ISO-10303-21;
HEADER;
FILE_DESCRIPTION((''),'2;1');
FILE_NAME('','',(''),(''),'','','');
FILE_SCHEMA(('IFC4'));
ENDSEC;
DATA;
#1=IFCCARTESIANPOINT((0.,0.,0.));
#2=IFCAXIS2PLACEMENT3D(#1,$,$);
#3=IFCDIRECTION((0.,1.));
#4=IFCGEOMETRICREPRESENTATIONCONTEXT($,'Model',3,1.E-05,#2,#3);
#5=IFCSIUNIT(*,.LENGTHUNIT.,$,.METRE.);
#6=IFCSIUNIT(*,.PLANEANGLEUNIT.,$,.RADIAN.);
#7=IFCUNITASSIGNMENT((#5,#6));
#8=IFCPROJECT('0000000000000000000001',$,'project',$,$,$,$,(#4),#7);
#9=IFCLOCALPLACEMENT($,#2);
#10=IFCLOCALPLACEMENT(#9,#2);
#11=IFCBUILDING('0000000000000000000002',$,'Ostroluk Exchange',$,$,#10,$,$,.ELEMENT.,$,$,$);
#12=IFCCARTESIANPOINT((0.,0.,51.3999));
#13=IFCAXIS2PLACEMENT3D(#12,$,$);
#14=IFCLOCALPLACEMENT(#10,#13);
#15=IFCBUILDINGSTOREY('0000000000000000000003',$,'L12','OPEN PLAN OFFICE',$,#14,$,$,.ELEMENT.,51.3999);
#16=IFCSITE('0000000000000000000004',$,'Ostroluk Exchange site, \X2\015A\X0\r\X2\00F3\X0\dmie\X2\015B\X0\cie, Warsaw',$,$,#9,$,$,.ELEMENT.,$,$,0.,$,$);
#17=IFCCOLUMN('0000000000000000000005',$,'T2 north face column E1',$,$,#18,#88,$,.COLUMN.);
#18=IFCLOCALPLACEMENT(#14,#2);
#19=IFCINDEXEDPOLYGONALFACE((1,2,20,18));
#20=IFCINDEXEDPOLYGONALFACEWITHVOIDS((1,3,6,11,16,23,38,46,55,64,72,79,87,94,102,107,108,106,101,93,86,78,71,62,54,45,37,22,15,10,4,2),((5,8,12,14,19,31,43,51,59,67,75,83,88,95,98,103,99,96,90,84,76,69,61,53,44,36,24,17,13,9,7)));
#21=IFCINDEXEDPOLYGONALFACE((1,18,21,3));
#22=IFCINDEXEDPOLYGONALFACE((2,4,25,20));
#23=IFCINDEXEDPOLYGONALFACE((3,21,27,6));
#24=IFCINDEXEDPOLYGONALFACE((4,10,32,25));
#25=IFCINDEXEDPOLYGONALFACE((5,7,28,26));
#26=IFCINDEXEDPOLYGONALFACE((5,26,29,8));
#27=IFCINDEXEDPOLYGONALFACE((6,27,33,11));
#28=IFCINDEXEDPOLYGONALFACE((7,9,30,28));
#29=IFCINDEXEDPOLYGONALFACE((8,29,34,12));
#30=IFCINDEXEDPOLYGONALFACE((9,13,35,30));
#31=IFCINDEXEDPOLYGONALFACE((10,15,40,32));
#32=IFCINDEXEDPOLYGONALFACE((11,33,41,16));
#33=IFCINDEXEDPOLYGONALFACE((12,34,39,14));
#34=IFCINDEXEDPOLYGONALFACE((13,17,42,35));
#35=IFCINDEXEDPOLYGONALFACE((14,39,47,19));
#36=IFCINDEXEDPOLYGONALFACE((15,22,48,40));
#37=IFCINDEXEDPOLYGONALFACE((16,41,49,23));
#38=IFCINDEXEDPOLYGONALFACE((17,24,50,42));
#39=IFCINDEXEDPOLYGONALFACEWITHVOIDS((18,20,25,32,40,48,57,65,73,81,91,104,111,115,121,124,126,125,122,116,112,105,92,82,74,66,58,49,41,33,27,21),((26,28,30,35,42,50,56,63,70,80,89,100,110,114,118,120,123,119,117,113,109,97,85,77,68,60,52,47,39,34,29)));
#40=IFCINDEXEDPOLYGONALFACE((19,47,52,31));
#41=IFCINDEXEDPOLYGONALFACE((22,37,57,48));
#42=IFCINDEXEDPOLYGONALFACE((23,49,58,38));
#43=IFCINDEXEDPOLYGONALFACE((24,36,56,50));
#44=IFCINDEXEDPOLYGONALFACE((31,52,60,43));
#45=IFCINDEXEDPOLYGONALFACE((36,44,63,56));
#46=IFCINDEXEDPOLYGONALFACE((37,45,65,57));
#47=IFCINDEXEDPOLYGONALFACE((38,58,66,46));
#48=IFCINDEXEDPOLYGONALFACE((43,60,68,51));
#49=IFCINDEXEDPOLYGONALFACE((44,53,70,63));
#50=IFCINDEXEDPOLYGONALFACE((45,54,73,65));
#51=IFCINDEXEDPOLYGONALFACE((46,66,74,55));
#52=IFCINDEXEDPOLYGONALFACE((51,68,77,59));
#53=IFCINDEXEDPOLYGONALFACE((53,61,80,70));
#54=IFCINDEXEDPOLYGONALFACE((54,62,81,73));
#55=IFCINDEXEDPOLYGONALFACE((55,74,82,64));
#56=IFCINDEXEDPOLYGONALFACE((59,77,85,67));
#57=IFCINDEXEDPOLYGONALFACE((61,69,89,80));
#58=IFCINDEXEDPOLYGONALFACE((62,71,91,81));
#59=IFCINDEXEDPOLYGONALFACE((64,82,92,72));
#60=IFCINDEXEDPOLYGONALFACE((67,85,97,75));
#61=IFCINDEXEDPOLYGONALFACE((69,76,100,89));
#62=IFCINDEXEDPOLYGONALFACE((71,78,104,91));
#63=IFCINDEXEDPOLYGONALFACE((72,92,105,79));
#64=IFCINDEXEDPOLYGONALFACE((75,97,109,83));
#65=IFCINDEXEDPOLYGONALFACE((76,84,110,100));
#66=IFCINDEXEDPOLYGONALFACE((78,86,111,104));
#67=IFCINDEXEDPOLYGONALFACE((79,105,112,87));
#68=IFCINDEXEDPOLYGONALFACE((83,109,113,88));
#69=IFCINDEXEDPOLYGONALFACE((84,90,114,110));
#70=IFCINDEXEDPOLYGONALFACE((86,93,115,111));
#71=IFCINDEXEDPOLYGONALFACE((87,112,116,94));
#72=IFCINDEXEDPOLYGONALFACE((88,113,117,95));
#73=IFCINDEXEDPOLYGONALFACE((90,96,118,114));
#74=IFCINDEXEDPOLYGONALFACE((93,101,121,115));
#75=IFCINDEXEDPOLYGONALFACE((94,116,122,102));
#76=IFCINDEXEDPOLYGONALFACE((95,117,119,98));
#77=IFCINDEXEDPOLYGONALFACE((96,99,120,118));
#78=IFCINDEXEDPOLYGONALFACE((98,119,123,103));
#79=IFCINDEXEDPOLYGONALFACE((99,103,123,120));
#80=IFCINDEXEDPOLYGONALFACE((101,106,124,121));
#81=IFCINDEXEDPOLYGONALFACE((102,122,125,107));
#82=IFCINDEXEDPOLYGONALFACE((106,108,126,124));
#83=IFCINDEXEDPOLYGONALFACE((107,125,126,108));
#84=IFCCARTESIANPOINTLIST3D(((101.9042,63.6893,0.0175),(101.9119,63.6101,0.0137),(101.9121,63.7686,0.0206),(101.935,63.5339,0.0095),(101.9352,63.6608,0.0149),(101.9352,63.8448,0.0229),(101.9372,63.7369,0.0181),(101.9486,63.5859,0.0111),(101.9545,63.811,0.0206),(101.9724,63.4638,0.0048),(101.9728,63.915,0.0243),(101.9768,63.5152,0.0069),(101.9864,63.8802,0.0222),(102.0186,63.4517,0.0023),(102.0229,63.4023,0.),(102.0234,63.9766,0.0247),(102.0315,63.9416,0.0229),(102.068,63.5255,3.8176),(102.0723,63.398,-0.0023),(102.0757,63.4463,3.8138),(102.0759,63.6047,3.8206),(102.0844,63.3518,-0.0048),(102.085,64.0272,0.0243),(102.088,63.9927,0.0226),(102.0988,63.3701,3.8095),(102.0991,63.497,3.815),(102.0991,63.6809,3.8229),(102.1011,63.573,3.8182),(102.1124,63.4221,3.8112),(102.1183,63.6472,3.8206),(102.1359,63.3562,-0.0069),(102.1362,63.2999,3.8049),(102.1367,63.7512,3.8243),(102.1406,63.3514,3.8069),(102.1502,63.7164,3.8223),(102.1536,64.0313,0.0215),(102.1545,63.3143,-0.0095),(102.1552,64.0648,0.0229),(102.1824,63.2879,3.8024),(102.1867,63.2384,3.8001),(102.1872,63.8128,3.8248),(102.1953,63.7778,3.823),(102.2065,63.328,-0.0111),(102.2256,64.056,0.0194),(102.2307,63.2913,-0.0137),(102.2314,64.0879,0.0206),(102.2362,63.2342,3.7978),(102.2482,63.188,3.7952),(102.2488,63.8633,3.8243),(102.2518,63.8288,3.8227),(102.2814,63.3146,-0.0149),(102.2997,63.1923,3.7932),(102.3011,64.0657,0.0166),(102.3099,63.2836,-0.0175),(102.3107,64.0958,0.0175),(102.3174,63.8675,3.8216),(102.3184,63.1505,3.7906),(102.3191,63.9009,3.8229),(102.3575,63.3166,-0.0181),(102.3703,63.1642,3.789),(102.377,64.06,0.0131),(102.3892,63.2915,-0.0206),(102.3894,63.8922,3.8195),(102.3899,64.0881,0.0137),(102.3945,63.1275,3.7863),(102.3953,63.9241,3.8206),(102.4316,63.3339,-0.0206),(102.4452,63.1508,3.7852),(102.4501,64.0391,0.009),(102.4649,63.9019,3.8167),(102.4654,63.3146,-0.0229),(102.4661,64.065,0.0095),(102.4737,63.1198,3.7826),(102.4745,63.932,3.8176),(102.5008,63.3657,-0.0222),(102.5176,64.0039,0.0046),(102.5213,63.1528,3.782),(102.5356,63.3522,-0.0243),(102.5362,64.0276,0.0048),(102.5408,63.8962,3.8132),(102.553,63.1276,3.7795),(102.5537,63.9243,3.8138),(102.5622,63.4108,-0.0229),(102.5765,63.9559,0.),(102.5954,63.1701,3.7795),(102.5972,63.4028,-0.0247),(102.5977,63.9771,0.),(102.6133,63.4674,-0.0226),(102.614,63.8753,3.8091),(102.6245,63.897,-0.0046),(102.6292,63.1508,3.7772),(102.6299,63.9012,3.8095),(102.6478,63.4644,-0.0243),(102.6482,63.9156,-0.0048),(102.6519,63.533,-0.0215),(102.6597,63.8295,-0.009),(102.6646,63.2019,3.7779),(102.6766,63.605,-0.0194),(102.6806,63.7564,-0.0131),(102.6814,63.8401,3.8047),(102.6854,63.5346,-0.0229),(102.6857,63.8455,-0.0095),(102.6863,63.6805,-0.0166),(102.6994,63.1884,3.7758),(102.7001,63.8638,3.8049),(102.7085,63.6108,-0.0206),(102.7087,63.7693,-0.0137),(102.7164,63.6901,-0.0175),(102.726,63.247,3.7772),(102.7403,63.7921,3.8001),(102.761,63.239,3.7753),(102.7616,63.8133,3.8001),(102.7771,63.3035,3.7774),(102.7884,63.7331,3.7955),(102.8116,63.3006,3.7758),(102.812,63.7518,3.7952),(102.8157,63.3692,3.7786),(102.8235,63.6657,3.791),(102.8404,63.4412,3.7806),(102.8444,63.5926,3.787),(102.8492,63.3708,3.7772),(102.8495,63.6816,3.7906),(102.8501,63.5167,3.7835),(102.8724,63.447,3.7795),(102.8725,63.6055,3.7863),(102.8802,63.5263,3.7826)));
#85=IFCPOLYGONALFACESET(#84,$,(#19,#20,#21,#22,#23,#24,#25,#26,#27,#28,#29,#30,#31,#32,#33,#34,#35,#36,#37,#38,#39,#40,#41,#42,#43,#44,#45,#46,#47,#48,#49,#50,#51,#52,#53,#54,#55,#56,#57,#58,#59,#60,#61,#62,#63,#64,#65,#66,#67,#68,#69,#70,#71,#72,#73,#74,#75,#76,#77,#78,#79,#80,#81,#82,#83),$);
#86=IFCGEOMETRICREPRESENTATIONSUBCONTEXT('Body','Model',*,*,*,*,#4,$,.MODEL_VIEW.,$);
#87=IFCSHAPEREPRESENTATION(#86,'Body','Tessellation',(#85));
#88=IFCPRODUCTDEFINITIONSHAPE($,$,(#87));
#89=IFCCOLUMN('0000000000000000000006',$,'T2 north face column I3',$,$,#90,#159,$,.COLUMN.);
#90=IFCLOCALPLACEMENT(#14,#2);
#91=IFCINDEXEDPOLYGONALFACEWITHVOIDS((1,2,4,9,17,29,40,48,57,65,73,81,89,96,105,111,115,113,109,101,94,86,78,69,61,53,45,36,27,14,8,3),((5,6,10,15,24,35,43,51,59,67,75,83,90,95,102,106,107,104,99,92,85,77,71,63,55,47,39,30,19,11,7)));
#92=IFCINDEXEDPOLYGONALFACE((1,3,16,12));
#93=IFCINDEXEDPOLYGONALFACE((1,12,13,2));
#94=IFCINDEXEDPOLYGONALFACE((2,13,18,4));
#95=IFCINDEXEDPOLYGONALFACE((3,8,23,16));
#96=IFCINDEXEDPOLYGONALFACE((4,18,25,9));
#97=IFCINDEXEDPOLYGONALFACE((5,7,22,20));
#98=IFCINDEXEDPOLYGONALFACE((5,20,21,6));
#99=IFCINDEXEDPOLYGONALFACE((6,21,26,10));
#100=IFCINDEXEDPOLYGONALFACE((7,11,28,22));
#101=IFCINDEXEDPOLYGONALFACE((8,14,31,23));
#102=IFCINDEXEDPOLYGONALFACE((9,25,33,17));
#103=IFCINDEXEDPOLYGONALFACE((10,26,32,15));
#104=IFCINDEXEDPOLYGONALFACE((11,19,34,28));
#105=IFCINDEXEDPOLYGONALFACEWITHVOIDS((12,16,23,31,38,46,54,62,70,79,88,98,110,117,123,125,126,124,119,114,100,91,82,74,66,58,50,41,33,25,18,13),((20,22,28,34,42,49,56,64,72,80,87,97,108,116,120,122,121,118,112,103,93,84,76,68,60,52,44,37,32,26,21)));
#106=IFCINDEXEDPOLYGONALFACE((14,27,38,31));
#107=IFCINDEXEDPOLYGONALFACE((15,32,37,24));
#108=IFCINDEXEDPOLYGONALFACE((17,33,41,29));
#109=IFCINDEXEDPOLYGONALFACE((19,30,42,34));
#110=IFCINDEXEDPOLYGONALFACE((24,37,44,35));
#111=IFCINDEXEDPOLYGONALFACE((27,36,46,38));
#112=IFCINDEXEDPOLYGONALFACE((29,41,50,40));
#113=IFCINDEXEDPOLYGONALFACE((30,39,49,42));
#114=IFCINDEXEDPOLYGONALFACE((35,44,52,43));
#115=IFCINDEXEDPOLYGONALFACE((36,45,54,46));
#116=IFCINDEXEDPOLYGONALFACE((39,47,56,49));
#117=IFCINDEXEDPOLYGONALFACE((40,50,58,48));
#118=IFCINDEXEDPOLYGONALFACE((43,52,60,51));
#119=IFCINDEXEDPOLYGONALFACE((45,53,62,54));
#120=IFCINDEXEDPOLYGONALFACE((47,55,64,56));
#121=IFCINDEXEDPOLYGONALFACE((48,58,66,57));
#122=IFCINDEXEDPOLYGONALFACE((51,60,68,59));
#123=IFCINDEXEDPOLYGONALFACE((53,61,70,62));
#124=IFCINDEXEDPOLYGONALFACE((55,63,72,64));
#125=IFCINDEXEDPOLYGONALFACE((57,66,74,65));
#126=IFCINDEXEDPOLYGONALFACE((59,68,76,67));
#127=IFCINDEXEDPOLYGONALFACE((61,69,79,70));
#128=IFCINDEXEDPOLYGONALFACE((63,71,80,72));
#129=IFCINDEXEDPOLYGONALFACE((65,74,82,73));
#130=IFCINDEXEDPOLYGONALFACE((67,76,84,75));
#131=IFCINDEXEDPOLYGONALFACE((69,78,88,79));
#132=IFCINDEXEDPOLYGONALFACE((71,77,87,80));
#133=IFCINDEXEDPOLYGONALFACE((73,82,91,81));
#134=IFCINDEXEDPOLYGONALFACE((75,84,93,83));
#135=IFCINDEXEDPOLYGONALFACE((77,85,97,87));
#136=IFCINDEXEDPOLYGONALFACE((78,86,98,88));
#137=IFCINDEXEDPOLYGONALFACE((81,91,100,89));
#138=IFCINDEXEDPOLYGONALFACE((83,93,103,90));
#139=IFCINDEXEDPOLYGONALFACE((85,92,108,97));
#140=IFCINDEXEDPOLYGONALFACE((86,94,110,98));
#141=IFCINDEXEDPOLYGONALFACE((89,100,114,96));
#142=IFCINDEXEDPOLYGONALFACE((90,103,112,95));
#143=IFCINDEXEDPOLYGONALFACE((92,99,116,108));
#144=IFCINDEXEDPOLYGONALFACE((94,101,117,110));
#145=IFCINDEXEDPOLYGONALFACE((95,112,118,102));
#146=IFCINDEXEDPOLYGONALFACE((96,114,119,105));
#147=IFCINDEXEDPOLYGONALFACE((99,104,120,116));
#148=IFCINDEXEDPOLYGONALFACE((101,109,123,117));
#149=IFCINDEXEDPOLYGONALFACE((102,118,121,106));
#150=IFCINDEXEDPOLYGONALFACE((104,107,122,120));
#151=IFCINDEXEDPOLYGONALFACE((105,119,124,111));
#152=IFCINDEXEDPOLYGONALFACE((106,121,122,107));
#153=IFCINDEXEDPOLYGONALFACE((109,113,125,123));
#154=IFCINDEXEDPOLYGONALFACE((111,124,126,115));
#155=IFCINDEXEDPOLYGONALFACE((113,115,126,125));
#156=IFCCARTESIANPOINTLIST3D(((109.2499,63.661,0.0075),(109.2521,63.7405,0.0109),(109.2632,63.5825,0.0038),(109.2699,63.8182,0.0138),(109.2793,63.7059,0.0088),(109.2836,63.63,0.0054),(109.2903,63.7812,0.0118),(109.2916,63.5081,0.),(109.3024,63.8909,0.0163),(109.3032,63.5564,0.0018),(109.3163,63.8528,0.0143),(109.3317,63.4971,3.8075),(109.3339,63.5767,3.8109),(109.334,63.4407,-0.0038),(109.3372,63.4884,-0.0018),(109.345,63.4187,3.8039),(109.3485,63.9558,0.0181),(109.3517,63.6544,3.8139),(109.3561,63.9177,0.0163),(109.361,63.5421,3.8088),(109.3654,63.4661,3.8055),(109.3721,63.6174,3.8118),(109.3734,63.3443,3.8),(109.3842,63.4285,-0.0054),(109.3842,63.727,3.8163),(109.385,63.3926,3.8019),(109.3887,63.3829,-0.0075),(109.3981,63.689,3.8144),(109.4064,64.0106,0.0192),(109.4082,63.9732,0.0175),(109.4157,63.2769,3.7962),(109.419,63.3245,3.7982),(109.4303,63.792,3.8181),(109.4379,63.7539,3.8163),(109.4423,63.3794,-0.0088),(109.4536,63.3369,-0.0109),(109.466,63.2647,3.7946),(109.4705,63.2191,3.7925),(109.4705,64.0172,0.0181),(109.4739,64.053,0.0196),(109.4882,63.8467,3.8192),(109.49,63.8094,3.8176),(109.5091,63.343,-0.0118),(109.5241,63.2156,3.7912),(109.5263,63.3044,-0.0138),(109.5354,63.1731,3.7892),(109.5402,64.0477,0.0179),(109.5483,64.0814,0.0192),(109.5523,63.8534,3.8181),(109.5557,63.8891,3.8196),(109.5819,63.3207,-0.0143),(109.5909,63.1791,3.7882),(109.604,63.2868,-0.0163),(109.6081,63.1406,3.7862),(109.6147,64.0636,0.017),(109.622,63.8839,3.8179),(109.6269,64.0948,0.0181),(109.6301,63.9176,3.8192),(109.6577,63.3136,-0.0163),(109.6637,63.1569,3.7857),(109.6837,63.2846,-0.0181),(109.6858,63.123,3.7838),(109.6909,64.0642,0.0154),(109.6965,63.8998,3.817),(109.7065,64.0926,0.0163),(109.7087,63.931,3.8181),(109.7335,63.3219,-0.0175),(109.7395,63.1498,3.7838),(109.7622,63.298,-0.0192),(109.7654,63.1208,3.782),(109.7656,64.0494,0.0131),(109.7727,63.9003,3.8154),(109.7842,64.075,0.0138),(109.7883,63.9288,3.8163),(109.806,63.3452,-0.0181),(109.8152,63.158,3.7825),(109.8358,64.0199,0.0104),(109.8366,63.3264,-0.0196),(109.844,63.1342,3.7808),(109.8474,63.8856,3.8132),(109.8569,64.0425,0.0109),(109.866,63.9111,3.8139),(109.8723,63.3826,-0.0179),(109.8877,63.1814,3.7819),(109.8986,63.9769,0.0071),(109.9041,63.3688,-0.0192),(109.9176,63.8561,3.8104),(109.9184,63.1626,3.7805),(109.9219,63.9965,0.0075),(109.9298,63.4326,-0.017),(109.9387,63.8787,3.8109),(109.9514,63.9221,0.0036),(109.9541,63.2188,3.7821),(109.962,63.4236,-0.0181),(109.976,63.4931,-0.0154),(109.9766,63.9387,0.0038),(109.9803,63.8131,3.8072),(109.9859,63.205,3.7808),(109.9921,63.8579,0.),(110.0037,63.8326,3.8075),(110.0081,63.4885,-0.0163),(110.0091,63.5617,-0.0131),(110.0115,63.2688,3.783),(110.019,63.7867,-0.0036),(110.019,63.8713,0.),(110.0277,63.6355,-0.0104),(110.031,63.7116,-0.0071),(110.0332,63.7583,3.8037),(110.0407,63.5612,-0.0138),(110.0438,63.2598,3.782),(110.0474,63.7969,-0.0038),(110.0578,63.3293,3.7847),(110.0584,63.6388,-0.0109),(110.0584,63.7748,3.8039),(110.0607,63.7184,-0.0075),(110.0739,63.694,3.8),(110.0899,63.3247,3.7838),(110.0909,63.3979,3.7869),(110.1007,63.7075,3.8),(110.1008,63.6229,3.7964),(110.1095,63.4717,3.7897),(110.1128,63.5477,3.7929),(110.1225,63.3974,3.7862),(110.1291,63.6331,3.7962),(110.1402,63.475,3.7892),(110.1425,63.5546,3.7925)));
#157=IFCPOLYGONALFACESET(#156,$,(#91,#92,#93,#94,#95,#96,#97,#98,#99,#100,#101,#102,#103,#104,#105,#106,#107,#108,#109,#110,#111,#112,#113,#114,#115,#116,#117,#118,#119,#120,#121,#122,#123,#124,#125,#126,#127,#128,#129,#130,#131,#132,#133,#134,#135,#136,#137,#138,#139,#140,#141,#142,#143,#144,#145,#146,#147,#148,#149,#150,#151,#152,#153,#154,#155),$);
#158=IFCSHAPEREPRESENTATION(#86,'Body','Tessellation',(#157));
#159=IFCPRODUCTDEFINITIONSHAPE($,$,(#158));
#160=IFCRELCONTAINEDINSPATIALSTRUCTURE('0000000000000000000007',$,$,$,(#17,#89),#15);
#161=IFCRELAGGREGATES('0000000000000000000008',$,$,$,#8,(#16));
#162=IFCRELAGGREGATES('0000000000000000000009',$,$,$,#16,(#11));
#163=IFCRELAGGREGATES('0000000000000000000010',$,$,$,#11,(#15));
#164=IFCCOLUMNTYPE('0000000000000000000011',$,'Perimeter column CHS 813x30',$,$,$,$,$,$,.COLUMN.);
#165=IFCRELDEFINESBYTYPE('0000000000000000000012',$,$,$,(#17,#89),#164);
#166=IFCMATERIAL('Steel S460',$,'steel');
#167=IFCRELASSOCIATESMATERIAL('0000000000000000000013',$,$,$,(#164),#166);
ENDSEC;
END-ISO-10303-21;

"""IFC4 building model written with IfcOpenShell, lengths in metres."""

from ifc_helpers import new_model, si_unit, direction, frame, origin, origin_2d, place, context, subcontext, project, spatial, hollow_circle, extrude, material, material_profile, profile_set, type_object, element, save


model = new_model("IFC4")

# Units and contexts
model_context = context("Model", 3, precision=1e-05, world=origin(), true_north=direction((0.0, 1.0)))
body_context = subcontext(model_context, "Body", "Model", "MODEL_VIEW")
ifc_project = project(units=[si_unit("LENGTHUNIT", "METRE"), si_unit("PLANEANGLEUNIT", "RADIAN")], contexts=[model_context])

# Site, building, storey
site_placement = place(None, origin())
site = spatial("IfcSite", under=ifc_project, at=site_placement, Name="Ostroluk Exchange site, Śródmieście, Warsaw", CompositionType="ELEMENT", RefElevation=0.0)
building_placement = place(site_placement, origin())
building = spatial("IfcBuilding", under=site, at=building_placement, Name="Ostroluk Exchange", CompositionType="ELEMENT")
storey_placement = place(building_placement, frame((0.0, 0.0, 51.3999)))
storey = spatial("IfcBuildingStorey", under=building, at=storey_placement, Name="L12", Description="OPEN PLAN OFFICE", CompositionType="ELEMENT", Elevation=51.3999)

# Columns
ifc_material_1 = material(Name="Steel S460", Category="steel")
ifc_material_profile_1 = material_profile(ifc_material_1, hollow_circle(Radius=0.4065, WallThickness=0.03, at=origin_2d()), Name="CHS 813x30")
ifc_profile_set_1 = profile_set([ifc_material_profile_1], Name="Steel S460")
column_type = type_object("IfcColumnType", Name="Perimeter column CHS 813x30", PredefinedType="COLUMN", material=ifc_profile_set_1)
column_1_placement = place(storey_placement, frame((102.3103, 63.6897, 0.0), z_axis=(0.04303, -0.04303, 0.998147), x_axis=(0.707107, 0.707107, 0.0)))
element("IfcColumn", 1, at=column_1_placement, inside=storey, type_object=column_type, Name="T2 north face column E1", PredefinedType="COLUMN", context=body_context, shape_type="SweptSolid", body=[
    extrude(hollow_circle(Radius=0.4065, WallThickness=0.03, at=origin_2d()), origin(), (0.0, 0.0, 1.0), 3.8071),
])
column_2_placement = place(storey_placement, frame((109.6553, 63.6897, 0.0), z_axis=(0.021498, -0.04306, 0.998841), x_axis=(0.894694, 0.44668, 0.0)))
element("IfcColumn", 2, at=column_2_placement, inside=storey, type_object=column_type, Name="T2 north face column I3", PredefinedType="COLUMN", context=body_context, shape_type="SweptSolid", body=[
    extrude(hollow_circle(Radius=0.4065, WallThickness=0.03, at=origin_2d()), origin(), (0.0, 0.0, 1.0), 3.8044),
])

save(model, "model.ifc")
